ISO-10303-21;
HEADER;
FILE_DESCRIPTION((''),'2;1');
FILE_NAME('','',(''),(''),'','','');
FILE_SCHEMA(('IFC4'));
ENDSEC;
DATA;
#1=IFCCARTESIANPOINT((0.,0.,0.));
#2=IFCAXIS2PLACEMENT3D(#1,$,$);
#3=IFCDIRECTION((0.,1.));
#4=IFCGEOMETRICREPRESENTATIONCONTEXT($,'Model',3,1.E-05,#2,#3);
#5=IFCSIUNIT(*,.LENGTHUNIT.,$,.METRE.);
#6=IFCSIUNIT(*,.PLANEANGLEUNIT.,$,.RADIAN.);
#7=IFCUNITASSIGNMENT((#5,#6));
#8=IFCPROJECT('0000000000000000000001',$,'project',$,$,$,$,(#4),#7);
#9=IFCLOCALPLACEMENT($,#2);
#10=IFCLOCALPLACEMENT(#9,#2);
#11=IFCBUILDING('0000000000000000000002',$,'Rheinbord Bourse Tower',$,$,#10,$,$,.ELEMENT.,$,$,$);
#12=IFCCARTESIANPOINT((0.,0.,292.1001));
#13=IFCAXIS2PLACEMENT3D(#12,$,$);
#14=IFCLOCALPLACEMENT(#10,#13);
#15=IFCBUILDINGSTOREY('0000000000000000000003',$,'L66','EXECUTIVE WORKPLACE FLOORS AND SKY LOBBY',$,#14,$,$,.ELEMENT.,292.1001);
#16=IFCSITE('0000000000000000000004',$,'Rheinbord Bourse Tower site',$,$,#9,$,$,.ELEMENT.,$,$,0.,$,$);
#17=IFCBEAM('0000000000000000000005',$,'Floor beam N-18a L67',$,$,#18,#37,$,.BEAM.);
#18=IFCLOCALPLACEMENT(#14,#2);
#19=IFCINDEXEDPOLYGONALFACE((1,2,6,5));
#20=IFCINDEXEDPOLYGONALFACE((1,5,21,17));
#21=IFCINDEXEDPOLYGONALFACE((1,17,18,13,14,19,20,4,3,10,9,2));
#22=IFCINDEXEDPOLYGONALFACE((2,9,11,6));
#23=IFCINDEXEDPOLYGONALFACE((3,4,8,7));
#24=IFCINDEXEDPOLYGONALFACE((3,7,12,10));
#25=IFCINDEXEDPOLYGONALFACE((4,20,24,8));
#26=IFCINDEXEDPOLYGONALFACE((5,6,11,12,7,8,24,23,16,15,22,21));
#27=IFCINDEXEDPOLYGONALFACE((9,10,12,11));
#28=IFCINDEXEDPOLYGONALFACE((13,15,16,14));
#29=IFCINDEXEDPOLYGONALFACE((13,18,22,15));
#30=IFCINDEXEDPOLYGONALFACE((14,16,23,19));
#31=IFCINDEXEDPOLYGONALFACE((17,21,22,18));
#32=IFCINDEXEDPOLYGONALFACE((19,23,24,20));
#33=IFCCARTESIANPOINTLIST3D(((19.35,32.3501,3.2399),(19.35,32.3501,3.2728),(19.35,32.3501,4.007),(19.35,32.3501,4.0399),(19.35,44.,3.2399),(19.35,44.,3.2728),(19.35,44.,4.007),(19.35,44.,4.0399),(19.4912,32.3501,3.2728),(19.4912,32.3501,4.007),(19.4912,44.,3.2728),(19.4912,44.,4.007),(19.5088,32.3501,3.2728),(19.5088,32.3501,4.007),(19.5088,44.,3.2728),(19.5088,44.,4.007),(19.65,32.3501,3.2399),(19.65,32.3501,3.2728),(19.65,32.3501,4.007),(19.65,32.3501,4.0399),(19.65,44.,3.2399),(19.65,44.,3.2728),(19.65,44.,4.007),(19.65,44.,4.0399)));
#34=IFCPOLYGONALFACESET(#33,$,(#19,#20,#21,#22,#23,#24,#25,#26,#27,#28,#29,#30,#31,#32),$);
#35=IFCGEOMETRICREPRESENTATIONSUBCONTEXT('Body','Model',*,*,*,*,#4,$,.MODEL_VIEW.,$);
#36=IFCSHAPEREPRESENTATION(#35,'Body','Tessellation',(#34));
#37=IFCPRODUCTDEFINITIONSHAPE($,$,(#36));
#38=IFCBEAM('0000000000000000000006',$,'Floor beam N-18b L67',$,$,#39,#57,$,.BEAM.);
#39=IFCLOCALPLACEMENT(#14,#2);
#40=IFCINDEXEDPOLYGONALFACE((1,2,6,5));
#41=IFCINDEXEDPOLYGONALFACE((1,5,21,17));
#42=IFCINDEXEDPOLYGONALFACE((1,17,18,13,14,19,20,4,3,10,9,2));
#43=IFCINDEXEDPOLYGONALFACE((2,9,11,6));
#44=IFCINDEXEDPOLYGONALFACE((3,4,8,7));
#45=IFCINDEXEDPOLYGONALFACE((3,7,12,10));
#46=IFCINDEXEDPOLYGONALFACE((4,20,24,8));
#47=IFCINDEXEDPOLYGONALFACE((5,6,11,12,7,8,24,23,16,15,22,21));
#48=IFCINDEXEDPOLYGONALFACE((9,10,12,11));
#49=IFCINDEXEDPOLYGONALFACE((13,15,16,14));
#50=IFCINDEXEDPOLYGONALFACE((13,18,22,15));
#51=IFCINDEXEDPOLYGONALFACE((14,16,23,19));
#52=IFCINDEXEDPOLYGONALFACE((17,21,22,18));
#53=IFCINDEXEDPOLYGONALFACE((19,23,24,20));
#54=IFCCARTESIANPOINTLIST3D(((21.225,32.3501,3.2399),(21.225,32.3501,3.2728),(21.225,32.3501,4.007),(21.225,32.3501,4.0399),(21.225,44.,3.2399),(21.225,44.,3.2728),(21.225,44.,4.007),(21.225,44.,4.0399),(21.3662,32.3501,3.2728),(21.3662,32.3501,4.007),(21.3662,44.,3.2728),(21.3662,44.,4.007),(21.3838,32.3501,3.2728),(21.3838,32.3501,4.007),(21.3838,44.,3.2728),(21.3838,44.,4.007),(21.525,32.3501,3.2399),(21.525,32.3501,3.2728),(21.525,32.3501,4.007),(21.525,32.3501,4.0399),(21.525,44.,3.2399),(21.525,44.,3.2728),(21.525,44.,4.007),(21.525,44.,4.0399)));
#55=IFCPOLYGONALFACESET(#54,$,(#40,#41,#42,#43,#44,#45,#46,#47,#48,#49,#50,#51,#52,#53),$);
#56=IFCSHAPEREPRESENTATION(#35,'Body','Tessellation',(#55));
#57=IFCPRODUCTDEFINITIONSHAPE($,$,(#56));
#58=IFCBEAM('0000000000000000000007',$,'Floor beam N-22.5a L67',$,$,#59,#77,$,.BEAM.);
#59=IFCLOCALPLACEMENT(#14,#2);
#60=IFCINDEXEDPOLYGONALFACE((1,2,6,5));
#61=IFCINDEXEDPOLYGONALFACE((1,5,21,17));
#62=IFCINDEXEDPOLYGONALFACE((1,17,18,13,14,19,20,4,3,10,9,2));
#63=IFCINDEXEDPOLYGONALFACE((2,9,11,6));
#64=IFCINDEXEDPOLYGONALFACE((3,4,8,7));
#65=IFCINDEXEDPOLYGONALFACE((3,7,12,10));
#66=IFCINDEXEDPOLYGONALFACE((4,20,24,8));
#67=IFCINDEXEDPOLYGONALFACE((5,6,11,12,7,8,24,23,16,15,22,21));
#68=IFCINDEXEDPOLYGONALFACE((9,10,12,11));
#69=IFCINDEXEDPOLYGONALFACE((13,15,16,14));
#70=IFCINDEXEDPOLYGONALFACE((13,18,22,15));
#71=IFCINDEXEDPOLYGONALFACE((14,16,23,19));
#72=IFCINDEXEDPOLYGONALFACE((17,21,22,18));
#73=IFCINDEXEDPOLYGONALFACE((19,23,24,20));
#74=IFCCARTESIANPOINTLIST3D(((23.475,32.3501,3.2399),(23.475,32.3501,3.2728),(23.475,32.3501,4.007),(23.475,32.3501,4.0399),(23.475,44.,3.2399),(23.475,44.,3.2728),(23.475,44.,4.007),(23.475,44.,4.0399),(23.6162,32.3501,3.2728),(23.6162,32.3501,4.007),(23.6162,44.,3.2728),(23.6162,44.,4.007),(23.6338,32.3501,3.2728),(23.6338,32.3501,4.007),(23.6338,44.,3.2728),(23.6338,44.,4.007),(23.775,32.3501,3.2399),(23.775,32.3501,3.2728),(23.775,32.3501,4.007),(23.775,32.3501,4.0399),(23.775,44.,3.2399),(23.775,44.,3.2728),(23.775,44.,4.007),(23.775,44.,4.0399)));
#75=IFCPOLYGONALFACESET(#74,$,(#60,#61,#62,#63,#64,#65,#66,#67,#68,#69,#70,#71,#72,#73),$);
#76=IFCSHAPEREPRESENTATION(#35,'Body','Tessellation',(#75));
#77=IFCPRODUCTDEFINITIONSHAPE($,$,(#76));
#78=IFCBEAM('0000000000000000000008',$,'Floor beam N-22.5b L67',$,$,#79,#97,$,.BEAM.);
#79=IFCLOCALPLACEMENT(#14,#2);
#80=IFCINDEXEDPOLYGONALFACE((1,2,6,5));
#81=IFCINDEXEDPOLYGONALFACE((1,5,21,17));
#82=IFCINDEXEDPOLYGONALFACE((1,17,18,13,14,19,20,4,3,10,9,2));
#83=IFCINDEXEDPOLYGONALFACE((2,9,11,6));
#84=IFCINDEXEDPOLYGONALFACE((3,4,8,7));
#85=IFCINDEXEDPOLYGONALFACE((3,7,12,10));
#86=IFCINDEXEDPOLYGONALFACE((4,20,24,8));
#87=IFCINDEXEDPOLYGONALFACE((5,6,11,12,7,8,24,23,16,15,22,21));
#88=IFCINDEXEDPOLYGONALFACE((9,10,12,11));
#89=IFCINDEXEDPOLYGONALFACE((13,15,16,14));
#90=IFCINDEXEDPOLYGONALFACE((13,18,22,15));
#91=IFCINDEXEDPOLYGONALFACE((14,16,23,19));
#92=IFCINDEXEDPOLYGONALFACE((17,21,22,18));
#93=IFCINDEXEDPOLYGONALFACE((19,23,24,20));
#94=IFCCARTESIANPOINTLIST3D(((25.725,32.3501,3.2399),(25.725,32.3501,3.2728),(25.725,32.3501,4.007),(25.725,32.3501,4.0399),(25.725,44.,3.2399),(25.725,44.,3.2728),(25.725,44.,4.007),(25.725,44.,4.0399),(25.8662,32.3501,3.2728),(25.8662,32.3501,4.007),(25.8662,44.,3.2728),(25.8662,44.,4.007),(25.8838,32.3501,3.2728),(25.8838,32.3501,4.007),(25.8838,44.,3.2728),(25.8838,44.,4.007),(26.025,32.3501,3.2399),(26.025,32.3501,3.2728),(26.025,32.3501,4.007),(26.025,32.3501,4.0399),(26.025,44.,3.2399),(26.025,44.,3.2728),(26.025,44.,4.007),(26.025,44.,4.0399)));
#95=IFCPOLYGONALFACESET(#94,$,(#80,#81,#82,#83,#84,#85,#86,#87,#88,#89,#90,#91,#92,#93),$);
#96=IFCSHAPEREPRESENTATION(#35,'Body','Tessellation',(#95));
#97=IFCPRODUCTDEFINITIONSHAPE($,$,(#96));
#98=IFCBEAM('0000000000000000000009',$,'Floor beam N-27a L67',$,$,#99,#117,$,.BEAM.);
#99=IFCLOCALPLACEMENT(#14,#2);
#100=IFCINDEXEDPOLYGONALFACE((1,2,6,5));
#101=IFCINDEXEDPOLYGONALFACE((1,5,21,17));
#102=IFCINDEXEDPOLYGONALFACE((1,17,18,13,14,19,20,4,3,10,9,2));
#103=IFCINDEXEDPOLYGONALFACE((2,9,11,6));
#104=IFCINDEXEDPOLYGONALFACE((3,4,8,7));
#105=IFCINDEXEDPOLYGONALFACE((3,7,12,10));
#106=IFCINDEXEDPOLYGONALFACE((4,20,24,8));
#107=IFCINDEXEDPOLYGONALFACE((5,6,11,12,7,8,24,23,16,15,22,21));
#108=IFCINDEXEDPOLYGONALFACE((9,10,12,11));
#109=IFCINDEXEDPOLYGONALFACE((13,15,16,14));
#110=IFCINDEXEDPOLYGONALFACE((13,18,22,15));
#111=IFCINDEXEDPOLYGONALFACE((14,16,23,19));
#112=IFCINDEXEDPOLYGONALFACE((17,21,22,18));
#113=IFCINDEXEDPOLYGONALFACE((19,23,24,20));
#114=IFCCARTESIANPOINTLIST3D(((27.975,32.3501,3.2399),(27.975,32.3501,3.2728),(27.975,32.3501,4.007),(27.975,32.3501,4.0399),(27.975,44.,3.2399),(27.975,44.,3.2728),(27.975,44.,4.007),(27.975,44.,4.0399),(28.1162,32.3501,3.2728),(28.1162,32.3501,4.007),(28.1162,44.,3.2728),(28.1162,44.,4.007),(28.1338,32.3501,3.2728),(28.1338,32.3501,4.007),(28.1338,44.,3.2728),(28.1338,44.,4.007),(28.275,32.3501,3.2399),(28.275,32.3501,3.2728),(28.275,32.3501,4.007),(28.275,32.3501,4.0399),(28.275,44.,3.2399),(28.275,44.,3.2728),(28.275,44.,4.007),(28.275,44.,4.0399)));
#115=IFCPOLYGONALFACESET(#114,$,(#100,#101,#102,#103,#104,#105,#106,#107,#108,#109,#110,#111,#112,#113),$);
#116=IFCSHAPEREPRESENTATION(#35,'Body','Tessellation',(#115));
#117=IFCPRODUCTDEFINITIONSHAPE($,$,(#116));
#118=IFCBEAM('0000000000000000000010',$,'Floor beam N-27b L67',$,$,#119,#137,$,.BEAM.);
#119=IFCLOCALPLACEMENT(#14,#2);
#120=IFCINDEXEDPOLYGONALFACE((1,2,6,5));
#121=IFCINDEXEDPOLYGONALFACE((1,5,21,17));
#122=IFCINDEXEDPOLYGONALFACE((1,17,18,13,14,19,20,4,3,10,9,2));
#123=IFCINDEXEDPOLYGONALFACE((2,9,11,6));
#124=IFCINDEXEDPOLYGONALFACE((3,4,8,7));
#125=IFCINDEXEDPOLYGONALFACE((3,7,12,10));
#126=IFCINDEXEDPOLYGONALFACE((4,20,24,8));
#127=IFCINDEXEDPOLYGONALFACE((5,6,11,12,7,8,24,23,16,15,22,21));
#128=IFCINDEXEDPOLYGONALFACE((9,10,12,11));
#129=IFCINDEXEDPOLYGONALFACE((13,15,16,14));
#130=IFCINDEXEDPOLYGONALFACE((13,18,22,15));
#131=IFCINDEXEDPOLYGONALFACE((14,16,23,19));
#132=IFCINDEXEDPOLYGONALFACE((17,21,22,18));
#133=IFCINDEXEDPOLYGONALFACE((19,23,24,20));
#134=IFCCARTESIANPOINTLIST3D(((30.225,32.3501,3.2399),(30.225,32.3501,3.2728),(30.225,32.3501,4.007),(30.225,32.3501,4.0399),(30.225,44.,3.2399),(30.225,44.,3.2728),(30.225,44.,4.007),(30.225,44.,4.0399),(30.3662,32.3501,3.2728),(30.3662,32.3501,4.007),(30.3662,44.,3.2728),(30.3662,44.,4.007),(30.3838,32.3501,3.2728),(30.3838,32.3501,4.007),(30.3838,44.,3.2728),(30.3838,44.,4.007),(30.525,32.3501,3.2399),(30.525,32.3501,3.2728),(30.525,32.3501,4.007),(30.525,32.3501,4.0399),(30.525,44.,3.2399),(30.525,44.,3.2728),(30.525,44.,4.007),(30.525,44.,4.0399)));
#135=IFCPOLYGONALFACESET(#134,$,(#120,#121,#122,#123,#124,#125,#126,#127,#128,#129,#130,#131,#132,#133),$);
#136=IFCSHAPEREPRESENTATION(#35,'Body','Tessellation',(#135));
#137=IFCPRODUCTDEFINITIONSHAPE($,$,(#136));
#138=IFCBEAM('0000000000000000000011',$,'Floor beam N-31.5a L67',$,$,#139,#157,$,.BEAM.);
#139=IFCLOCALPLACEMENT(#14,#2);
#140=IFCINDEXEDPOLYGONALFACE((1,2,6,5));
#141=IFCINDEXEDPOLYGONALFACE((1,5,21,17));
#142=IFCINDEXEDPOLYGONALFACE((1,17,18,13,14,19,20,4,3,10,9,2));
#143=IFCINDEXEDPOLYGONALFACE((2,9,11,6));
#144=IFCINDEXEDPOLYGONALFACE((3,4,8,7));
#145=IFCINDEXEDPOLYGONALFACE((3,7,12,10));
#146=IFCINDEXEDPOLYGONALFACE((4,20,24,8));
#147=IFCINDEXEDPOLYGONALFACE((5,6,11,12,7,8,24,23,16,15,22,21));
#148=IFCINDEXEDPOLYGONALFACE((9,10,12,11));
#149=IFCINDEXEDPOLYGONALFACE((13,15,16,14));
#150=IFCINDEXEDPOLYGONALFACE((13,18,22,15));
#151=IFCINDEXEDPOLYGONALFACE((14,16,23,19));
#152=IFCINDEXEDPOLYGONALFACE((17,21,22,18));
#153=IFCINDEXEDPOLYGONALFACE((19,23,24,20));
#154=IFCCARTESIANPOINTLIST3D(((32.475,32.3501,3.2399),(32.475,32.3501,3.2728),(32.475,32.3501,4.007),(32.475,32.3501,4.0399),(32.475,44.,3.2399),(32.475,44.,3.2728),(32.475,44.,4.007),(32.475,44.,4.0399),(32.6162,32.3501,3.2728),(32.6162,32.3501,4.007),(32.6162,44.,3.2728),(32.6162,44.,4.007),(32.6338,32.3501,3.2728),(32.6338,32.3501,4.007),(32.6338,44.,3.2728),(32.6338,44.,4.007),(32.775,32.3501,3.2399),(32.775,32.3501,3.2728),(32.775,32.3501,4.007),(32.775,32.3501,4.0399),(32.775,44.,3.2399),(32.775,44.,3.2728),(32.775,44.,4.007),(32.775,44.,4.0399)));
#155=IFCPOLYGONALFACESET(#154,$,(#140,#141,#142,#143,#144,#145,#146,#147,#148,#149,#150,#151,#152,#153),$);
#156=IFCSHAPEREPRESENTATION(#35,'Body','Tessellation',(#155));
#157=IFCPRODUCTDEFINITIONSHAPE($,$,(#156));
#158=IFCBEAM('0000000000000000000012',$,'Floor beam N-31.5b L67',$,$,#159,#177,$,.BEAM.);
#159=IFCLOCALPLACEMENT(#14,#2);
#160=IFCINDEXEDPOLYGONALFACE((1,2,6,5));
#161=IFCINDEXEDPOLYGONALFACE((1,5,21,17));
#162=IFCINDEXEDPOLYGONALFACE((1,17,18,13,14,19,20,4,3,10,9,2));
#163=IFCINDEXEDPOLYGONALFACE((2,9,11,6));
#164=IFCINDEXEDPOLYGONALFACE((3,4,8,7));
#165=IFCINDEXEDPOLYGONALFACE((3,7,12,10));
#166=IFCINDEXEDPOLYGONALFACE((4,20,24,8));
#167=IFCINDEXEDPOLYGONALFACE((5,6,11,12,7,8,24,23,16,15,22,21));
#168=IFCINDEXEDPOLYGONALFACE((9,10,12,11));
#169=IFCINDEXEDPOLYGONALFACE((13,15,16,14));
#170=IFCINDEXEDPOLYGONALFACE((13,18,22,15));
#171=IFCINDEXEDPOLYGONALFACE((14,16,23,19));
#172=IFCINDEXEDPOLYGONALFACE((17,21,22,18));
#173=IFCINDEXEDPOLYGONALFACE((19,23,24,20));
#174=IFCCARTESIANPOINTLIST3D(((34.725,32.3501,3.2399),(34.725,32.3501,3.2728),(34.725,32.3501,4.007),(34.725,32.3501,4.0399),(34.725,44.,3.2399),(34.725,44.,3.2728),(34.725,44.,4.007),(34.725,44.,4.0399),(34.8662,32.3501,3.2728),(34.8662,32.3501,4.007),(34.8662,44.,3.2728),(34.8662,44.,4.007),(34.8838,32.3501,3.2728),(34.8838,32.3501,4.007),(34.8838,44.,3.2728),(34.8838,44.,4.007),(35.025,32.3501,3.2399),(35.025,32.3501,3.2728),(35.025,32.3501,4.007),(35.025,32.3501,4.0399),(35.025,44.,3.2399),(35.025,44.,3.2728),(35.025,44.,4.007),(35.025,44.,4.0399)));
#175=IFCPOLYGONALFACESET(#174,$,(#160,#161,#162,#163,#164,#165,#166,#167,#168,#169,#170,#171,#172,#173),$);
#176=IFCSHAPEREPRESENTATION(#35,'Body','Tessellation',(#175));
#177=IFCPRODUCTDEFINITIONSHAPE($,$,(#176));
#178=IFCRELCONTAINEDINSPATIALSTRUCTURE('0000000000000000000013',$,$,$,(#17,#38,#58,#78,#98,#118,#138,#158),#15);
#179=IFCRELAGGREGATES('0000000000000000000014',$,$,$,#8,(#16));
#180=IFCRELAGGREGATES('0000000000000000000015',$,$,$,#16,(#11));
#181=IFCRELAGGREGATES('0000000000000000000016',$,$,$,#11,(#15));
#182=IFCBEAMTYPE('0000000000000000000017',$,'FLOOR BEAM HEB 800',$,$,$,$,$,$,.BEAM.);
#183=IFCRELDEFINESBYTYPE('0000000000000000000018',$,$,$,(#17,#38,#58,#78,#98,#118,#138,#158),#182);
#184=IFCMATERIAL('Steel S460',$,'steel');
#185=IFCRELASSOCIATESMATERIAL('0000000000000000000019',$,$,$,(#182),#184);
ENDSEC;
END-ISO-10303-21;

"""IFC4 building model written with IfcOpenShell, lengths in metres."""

from ifc_helpers import new_model, si_unit, direction, frame, origin, origin_2d, place, context, subcontext, project, spatial, i_section, extrude, material, material_profile, profile_set, type_object, element, save


model = new_model("IFC4")

# Units and contexts
model_context = context("Model", 3, precision=1e-05, world=origin(), true_north=direction((0.0, 1.0)))
body_context = subcontext(model_context, "Body", "Model", "MODEL_VIEW")
ifc_project = project(units=[si_unit("LENGTHUNIT", "METRE"), si_unit("PLANEANGLEUNIT", "RADIAN")], contexts=[model_context])

# Site, building, storey
site_placement = place(None, origin())
site = spatial("IfcSite", under=ifc_project, at=site_placement, Name="Rheinbord Bourse Tower site", CompositionType="ELEMENT", RefElevation=0.0)
building_placement = place(site_placement, origin())
building = spatial("IfcBuilding", under=site, at=building_placement, Name="Rheinbord Bourse Tower", CompositionType="ELEMENT")
storey_placement = place(building_placement, frame((0.0, 0.0, 292.1001)))
storey = spatial("IfcBuildingStorey", under=building, at=storey_placement, Name="L66", Description="EXECUTIVE WORKPLACE FLOORS AND SKY LOBBY", CompositionType="ELEMENT", Elevation=292.1001)

# Beams
ifc_material_1 = material(Name="Steel S460", Category="steel")
ifc_material_profile_1 = material_profile(ifc_material_1, i_section(OverallWidth=0.3, OverallDepth=0.8, WebThickness=0.0176, FlangeThickness=0.033, at=origin_2d()), Name="HEB 800")
ifc_profile_set_1 = profile_set([ifc_material_profile_1], Name="Steel S460")
beam_type_1 = type_object("IfcBeamType", Name="FLOOR BEAM HEB 800", PredefinedType="BEAM", material=ifc_profile_set_1)
for number, where, z_axis, x_axis, name in (
    (1, (19.5, 44.0, 3.6399), (0.0, -1.0, 0.0), (1.0, 0.0, 0.0), "Floor beam N-18a L67"),
    (2, (21.375, 44.0, 3.6399), (0.0, -1.0, 0.0), (1.0, 0.0, 0.0), "Floor beam N-18b L67"),
    (3, (23.625, 44.0, 3.6399), (0.0, -1.0, 0.0), (1.0, 0.0, 0.0), "Floor beam N-22.5a L67"),
    (4, (25.875, 44.0, 3.6399), (0.0, -1.0, 0.0), (1.0, 0.0, 0.0), "Floor beam N-22.5b L67"),
    (5, (28.125, 44.0, 3.6399), (0.0, -1.0, 0.0), (1.0, 0.0, 0.0), "Floor beam N-27a L67"),
    (6, (30.375, 44.0, 3.6399), (0.0, -1.0, 0.0), (1.0, 0.0, 0.0), "Floor beam N-27b L67"),
    (7, (32.625, 44.0, 3.6399), (0.0, -1.0, 0.0), (1.0, 0.0, 0.0), "Floor beam N-31.5a L67"),
    (8, (34.875, 44.0, 3.6399), (0.0, -1.0, 0.0), (1.0, 0.0, 0.0), "Floor beam N-31.5b L67"),
):
    element("IfcBeam", number, at=place(storey_placement, frame(where, z_axis=z_axis, x_axis=x_axis)), inside=storey, type_object=beam_type_1, Name=name, PredefinedType="BEAM", context=body_context, shape_type="SweptSolid", body=[
        extrude(i_section(OverallWidth=0.3, OverallDepth=0.8, WebThickness=0.0176, FlangeThickness=0.033, at=origin_2d()), origin(), (0.0, 0.0, 1.0), 11.6499),
    ])

save(model, "model.ifc")
